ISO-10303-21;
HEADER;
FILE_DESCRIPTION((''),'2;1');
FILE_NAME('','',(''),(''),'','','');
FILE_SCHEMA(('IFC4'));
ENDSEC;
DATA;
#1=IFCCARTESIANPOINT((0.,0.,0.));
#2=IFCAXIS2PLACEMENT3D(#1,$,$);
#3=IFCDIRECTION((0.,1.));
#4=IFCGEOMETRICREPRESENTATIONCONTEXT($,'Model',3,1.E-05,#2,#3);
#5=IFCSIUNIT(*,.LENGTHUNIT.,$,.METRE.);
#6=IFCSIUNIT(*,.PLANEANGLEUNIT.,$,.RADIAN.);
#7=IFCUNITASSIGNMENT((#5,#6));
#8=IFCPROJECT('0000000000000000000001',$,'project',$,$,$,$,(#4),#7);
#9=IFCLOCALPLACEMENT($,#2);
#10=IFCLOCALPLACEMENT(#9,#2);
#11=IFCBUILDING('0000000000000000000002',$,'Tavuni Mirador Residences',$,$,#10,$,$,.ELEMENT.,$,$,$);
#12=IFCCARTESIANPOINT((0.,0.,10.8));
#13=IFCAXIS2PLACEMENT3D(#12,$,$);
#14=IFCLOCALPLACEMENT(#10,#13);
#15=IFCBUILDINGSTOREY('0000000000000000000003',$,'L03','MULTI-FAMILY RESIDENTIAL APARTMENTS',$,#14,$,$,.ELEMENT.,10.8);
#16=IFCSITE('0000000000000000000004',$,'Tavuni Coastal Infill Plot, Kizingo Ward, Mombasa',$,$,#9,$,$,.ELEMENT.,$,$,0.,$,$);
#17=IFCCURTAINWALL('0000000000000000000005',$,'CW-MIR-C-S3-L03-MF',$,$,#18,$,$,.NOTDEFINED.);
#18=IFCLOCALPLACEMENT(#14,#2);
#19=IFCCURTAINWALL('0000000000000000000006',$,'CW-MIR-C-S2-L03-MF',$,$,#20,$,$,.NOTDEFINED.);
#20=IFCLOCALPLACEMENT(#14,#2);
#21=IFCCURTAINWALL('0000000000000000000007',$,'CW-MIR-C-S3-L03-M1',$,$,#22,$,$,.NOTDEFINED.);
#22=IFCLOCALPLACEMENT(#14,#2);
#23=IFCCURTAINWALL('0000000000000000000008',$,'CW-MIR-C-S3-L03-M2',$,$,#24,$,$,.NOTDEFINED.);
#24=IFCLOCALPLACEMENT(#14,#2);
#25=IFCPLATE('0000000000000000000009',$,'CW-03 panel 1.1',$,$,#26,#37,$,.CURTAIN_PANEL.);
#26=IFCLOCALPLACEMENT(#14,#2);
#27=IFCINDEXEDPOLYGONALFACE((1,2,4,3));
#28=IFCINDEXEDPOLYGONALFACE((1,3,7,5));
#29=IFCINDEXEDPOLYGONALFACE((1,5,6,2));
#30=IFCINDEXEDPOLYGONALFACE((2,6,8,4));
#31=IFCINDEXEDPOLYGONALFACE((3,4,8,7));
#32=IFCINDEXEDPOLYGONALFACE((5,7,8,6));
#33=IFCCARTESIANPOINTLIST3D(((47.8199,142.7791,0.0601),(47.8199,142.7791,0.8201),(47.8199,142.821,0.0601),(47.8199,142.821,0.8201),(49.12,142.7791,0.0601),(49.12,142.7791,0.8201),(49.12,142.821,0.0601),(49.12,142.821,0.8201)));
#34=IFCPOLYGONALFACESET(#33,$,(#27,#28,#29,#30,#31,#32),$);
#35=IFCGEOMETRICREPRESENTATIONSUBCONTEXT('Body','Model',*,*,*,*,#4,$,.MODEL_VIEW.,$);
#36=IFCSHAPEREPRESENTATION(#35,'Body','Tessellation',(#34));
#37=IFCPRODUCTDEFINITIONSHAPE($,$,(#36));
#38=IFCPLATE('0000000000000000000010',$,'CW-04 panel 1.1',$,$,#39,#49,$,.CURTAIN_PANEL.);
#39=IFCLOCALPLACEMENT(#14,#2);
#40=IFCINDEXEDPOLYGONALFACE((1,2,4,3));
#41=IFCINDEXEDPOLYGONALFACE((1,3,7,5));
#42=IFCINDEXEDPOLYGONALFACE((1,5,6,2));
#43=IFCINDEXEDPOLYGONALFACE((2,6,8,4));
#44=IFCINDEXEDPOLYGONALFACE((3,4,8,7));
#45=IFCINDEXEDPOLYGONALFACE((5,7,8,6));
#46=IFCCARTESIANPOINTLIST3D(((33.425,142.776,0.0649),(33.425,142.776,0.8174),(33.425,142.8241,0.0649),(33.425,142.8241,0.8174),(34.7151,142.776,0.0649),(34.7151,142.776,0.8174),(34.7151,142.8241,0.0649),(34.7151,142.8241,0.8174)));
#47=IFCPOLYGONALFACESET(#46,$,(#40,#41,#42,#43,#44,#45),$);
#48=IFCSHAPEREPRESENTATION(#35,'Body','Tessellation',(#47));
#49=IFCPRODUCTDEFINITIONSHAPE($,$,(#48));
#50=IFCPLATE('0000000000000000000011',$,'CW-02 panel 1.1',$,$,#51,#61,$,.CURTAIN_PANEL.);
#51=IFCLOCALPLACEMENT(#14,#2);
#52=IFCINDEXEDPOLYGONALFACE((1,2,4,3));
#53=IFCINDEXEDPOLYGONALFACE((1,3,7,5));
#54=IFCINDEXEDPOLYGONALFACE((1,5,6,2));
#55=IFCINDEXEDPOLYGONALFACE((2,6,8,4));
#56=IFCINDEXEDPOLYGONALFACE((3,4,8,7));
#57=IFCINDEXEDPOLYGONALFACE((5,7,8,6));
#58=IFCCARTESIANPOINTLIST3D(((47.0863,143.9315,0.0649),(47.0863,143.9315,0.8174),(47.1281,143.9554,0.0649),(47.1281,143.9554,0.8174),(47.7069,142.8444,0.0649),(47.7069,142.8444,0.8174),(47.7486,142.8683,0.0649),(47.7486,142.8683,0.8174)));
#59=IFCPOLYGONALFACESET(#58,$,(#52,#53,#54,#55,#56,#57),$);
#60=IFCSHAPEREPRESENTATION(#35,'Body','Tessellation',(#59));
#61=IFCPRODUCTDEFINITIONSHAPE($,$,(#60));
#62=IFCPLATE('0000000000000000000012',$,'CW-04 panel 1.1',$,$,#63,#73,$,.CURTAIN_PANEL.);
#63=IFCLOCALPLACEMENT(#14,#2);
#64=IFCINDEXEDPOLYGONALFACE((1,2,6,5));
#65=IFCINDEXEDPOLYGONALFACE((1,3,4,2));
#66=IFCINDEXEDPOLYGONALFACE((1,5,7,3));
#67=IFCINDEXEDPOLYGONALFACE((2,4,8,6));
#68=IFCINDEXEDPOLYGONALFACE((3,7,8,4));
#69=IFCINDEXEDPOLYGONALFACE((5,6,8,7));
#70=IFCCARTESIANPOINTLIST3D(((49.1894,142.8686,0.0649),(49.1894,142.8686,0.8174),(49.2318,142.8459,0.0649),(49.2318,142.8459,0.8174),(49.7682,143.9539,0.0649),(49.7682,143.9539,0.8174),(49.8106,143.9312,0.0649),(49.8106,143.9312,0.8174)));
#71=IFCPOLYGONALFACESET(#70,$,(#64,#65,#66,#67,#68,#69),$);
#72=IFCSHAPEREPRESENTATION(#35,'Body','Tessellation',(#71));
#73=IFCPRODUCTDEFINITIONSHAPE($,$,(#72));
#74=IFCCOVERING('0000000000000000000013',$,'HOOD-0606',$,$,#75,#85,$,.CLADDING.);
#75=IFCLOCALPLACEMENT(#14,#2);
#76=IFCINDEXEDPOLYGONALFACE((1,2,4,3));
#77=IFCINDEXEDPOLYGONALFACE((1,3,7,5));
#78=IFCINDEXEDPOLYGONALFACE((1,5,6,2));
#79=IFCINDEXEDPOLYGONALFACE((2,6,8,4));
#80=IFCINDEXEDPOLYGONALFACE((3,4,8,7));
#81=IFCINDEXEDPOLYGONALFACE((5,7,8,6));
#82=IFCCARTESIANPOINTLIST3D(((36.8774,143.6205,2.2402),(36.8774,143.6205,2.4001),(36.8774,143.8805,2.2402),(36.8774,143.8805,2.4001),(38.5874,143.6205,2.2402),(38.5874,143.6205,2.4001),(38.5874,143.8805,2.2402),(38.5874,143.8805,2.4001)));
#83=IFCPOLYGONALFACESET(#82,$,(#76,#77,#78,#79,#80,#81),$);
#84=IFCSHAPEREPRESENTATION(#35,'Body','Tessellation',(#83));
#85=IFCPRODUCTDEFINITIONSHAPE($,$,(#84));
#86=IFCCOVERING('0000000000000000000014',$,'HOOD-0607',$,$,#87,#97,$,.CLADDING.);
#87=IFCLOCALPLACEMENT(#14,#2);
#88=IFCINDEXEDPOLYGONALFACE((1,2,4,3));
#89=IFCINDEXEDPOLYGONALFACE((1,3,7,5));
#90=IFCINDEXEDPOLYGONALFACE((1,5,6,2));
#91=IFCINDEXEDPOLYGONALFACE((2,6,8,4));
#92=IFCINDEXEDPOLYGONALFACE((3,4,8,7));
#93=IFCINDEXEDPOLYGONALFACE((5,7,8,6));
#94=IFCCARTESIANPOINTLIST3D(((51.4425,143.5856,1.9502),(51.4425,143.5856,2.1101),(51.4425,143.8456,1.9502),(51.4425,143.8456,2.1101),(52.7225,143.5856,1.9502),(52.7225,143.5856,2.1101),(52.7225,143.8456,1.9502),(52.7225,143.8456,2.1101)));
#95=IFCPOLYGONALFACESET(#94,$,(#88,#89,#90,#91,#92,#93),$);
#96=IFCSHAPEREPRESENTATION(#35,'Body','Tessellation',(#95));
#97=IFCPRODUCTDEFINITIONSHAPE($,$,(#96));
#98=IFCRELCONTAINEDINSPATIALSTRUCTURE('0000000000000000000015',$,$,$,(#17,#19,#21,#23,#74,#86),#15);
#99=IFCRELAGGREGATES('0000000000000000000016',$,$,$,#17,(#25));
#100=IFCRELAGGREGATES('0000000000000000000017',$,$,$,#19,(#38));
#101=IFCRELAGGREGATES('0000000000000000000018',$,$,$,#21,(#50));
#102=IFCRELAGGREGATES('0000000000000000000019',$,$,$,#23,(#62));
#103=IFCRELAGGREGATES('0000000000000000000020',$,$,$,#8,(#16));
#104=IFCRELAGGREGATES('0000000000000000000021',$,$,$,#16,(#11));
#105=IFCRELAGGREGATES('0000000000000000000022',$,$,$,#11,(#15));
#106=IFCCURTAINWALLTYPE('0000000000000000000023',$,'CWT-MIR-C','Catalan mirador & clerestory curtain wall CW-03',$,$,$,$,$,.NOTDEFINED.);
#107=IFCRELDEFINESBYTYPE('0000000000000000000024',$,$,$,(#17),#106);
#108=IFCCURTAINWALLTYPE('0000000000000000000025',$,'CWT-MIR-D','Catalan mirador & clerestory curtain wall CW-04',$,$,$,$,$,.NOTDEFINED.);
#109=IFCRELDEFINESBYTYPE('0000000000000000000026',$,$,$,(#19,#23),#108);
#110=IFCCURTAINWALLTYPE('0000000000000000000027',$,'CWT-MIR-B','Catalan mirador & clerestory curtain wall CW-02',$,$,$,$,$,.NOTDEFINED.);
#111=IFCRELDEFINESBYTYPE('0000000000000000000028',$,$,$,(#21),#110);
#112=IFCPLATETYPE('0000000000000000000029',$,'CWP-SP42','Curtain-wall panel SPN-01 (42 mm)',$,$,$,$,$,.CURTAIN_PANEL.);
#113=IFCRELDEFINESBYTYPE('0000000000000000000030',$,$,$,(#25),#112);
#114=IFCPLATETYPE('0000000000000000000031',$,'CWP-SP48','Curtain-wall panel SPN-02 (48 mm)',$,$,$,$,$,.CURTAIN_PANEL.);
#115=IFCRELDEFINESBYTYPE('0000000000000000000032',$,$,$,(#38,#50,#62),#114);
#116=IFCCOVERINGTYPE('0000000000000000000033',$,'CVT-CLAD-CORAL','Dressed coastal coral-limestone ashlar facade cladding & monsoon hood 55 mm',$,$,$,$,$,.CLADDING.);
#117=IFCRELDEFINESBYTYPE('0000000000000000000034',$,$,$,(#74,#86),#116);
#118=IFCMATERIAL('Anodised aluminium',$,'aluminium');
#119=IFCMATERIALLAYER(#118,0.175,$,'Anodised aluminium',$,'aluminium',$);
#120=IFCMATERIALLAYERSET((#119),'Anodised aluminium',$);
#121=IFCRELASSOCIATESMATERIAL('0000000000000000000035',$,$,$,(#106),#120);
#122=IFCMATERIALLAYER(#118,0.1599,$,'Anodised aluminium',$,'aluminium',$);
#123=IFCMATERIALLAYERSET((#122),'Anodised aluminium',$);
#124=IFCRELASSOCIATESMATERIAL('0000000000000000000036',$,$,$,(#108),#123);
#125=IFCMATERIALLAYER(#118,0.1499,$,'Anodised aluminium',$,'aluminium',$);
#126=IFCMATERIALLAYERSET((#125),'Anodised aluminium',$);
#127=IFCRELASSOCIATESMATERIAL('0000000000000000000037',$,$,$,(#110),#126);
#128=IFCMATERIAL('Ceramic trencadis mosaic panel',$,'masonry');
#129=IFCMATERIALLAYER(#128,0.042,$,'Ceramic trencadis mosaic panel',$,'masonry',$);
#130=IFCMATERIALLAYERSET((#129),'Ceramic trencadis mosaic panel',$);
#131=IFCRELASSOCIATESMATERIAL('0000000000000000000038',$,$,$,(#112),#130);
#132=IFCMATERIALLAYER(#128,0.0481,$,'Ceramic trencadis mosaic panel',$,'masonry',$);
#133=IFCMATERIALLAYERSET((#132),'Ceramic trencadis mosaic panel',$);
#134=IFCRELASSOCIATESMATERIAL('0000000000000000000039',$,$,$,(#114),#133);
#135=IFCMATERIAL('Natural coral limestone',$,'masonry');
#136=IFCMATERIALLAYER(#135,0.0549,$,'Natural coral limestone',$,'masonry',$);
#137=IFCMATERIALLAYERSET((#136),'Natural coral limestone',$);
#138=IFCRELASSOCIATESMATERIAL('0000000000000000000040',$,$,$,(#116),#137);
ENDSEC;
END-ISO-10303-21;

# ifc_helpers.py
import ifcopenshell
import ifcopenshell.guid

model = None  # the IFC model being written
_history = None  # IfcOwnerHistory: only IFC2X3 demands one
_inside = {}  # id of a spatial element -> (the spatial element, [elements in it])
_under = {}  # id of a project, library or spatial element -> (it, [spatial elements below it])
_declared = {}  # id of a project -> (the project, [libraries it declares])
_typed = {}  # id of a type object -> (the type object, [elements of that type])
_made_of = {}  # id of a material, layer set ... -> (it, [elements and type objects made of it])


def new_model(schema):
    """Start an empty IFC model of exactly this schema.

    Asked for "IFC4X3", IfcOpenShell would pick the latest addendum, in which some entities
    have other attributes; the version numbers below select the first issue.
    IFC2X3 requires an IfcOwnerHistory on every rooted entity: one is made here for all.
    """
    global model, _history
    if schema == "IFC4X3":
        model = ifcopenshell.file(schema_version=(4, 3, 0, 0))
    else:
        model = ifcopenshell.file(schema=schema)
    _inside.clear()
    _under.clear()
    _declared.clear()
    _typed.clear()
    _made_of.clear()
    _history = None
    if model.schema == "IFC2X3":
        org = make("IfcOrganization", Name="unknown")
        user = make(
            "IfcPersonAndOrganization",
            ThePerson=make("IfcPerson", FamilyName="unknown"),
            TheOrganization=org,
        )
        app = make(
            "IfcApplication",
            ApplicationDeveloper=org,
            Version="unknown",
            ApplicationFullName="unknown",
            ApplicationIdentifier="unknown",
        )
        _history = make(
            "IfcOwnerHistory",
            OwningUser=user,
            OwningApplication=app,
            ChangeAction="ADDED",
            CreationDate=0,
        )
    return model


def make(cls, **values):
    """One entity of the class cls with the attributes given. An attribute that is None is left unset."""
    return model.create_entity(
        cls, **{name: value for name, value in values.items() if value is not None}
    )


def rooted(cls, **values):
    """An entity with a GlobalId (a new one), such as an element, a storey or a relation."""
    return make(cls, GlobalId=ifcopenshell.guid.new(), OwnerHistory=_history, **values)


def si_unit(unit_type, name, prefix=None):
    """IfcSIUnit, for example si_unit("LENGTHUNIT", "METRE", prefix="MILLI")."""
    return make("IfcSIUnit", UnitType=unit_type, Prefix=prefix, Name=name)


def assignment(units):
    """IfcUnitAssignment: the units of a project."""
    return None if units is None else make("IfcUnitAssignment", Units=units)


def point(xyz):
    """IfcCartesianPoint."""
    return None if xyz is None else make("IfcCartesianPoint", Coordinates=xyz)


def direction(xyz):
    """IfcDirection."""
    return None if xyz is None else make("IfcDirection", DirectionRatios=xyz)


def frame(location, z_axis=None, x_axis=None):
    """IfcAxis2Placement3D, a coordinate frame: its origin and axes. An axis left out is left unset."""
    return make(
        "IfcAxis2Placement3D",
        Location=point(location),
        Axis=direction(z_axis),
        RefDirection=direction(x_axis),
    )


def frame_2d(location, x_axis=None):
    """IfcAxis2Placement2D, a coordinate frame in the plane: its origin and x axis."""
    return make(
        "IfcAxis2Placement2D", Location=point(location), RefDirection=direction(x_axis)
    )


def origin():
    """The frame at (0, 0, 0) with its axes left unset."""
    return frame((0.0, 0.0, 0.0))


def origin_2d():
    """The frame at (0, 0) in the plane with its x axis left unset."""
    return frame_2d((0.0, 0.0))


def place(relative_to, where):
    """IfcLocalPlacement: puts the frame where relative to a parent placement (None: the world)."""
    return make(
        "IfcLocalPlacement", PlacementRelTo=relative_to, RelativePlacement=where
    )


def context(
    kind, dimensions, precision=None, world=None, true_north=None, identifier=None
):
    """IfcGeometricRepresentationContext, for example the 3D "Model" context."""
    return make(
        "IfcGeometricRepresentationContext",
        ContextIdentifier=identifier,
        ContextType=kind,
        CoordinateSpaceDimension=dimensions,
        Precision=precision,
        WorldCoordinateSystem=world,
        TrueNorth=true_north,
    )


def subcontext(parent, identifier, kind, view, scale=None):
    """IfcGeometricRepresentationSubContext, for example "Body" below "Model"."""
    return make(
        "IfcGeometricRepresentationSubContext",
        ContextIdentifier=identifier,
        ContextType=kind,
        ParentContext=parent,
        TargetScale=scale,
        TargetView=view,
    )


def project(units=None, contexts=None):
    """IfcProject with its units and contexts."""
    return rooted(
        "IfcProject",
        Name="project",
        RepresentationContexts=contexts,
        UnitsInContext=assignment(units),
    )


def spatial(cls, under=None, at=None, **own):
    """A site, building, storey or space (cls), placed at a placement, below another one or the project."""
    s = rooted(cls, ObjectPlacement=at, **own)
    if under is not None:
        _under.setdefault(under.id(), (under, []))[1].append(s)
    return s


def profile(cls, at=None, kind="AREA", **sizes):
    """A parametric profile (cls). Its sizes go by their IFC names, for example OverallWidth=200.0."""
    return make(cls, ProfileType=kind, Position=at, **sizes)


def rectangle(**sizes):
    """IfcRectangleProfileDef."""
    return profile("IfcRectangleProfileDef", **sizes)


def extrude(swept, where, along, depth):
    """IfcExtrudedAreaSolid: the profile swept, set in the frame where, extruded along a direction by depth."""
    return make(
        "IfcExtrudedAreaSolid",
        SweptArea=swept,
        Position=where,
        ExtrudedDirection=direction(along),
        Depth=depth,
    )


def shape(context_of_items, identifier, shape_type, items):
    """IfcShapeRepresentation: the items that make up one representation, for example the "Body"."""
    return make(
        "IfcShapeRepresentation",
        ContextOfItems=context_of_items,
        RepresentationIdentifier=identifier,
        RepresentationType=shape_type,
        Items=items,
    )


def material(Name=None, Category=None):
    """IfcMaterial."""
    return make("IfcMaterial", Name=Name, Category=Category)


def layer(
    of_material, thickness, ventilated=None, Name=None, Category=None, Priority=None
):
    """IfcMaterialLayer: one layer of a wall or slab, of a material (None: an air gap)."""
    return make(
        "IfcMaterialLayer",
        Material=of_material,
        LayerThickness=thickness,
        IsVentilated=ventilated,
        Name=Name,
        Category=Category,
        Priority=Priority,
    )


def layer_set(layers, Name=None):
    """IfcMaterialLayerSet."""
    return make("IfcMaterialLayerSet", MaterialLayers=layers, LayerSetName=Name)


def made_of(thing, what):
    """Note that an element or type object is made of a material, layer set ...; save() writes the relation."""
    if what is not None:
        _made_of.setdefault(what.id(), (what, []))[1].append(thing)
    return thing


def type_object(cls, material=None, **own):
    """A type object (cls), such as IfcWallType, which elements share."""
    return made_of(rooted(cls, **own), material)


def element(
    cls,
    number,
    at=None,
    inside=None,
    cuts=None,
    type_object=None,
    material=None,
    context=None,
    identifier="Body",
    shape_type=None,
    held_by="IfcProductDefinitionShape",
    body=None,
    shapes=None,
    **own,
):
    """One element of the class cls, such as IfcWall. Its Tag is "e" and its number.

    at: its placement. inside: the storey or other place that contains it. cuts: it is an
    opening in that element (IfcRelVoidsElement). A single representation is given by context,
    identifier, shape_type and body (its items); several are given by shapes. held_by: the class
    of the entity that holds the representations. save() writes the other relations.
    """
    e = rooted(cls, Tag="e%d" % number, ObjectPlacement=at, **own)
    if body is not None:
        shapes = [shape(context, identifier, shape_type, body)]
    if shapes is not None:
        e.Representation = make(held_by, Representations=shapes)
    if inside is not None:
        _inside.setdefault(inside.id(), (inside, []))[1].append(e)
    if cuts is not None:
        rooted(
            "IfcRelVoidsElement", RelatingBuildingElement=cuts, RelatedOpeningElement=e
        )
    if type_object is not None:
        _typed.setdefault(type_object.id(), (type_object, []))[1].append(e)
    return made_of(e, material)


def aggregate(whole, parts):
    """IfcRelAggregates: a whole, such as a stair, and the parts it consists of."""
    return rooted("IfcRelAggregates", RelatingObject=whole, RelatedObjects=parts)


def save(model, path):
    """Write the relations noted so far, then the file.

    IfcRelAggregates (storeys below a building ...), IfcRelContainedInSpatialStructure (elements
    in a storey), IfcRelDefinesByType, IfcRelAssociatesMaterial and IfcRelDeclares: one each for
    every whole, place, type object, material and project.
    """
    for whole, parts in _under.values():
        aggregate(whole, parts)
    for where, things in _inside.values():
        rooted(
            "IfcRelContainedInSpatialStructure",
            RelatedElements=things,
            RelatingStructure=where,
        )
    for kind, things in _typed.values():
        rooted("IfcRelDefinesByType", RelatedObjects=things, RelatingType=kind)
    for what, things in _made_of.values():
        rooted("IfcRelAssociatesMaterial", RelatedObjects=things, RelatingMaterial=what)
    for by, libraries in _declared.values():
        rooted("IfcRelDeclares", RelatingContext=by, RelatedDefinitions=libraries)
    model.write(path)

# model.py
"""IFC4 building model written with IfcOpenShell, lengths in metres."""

from ifc_helpers import new_model, si_unit, direction, frame, origin, origin_2d, place, context, subcontext, project, spatial, rectangle, extrude, material, layer, layer_set, type_object, element, aggregate, save


model = new_model("IFC4")

# Units and contexts
model_context = context("Model", 3, precision=1e-05, world=origin(), true_north=direction((0.0, 1.0)))
body_context = subcontext(model_context, "Body", "Model", "MODEL_VIEW")
ifc_project = project(units=[si_unit("LENGTHUNIT", "METRE"), si_unit("PLANEANGLEUNIT", "RADIAN")], contexts=[model_context])

# Site, building, storey
site_placement = place(None, origin())
site = spatial("IfcSite", under=ifc_project, at=site_placement, Name="Tavuni Coastal Infill Plot, Kizingo Ward, Mombasa", CompositionType="ELEMENT", RefElevation=0.0)
building_placement = place(site_placement, origin())
building = spatial("IfcBuilding", under=site, at=building_placement, Name="Tavuni Mirador Residences", CompositionType="ELEMENT")
storey_placement = place(building_placement, frame((0.0, 0.0, 10.8)))
storey = spatial("IfcBuildingStorey", under=building, at=storey_placement, Name="L03", Description="MULTI-FAMILY RESIDENTIAL APARTMENTS", CompositionType="ELEMENT", Elevation=10.8)

# Shared definitions
ifc_material_1 = material(Name="Anodised aluminium", Category="aluminium")
ifc_layer_1 = layer(ifc_material_1, 0.175, Name="Anodised aluminium", Category="aluminium")
ifc_layer_set_1 = layer_set([ifc_layer_1], Name="Anodised aluminium")
curtain_wall_type_1 = type_object("IfcCurtainWallType", Name="CWT-MIR-C", Description="Catalan mirador & clerestory curtain wall CW-03", PredefinedType="NOTDEFINED", material=ifc_layer_set_1)

# Curtain walls
curtain_wall_1_placement = place(storey_placement, origin())
curtain_wall_1 = element("IfcCurtainWall", 1, at=curtain_wall_1_placement, inside=storey, type_object=curtain_wall_type_1, Name="CW-MIR-C-S3-L03-MF", PredefinedType="NOTDEFINED")
ifc_layer_2 = layer(ifc_material_1, 0.1599, Name="Anodised aluminium", Category="aluminium")
ifc_layer_set_2 = layer_set([ifc_layer_2], Name="Anodised aluminium")
curtain_wall_type_2 = type_object("IfcCurtainWallType", Name="CWT-MIR-D", Description="Catalan mirador & clerestory curtain wall CW-04", PredefinedType="NOTDEFINED", material=ifc_layer_set_2)
curtain_wall_2_placement = place(storey_placement, origin())
curtain_wall_2 = element("IfcCurtainWall", 2, at=curtain_wall_2_placement, inside=storey, type_object=curtain_wall_type_2, Name="CW-MIR-C-S2-L03-MF", PredefinedType="NOTDEFINED")

# Curtain wall
ifc_layer_3 = layer(ifc_material_1, 0.1499, Name="Anodised aluminium", Category="aluminium")
ifc_layer_set_3 = layer_set([ifc_layer_3], Name="Anodised aluminium")
curtain_wall_type_3 = type_object("IfcCurtainWallType", Name="CWT-MIR-B", Description="Catalan mirador & clerestory curtain wall CW-02", PredefinedType="NOTDEFINED", material=ifc_layer_set_3)
curtain_wall_3_placement = place(storey_placement, origin())
curtain_wall_3 = element("IfcCurtainWall", 3, at=curtain_wall_3_placement, inside=storey, type_object=curtain_wall_type_3, Name="CW-MIR-C-S3-L03-M1", PredefinedType="NOTDEFINED")

# Curtain wall
curtain_wall_4_placement = place(storey_placement, origin())
curtain_wall_4 = element("IfcCurtainWall", 4, at=curtain_wall_4_placement, inside=storey, type_object=curtain_wall_type_2, Name="CW-MIR-C-S3-L03-M2", PredefinedType="NOTDEFINED")

# Plates
ifc_material_2 = material(Name="Ceramic trencadis mosaic panel", Category="masonry")
ifc_layer_4 = layer(ifc_material_2, 0.042, Name="Ceramic trencadis mosaic panel", Category="masonry")
ifc_layer_set_4 = layer_set([ifc_layer_4], Name="Ceramic trencadis mosaic panel")
plate_type_1 = type_object("IfcPlateType", Name="CWP-SP42", Description="Curtain-wall panel SPN-01 (42 mm)", PredefinedType="CURTAIN_PANEL", material=ifc_layer_set_4)
plate_1_placement = place(storey_placement, frame((48.47, 142.8, 0.0601), z_axis=(0.0, 0.0, 1.0), x_axis=(1.0, 0.0, 0.0)))
plate_1 = element("IfcPlate", 5, at=plate_1_placement, type_object=plate_type_1, Name="CW-03 panel 1.1", PredefinedType="CURTAIN_PANEL", context=body_context, shape_type="SweptSolid", body=[
    extrude(rectangle(XDim=1.3, YDim=0.042, at=origin_2d()), origin(), (0.0, 0.0, 1.0), 0.76),
])
aggregate(curtain_wall_1, [plate_1])
ifc_layer_5 = layer(ifc_material_2, 0.0481, Name="Ceramic trencadis mosaic panel", Category="masonry")
ifc_layer_set_5 = layer_set([ifc_layer_5], Name="Ceramic trencadis mosaic panel")
plate_type_2 = type_object("IfcPlateType", Name="CWP-SP48", Description="Curtain-wall panel SPN-02 (48 mm)", PredefinedType="CURTAIN_PANEL", material=ifc_layer_set_5)
plate_2_placement = place(storey_placement, frame((34.0701, 142.8, 0.0649), z_axis=(0.0, 0.0, 1.0), x_axis=(1.0, 0.0, 0.0)))
plate_2 = element("IfcPlate", 6, at=plate_2_placement, type_object=plate_type_2, Name="CW-04 panel 1.1", PredefinedType="CURTAIN_PANEL", context=body_context, shape_type="SweptSolid", body=[
    extrude(rectangle(XDim=1.29, YDim=0.0481, at=origin_2d()), origin(), (0.0, 0.0, 1.0), 0.7524),
])
aggregate(curtain_wall_2, [plate_2])
plate_3_placement = place(storey_placement, frame((47.4175, 143.3999, 0.0649), z_axis=(0.0, 0.0, 1.0), x_axis=(0.495749, -0.868466, 0.0)))
plate_3 = element("IfcPlate", 7, at=plate_3_placement, type_object=plate_type_2, Name="CW-02 panel 1.1", PredefinedType="CURTAIN_PANEL", context=body_context, shape_type="SweptSolid", body=[
    extrude(rectangle(XDim=1.2517, YDim=0.0481, at=origin_2d()), origin(), (0.0, 0.0, 1.0), 0.7524),
])
aggregate(curtain_wall_3, [plate_3])
plate_4_placement = place(storey_placement, frame((49.5, 143.3999, 0.0649), z_axis=(0.0, 0.0, 1.0), x_axis=(0.470588, 0.882353, 0.0)))
plate_4 = element("IfcPlate", 8, at=plate_4_placement, type_object=plate_type_2, Name="CW-04 panel 1.1", PredefinedType="CURTAIN_PANEL", context=body_context, shape_type="SweptSolid", body=[
    extrude(rectangle(XDim=1.23, YDim=0.0481, at=origin_2d()), origin(), (0.0, 0.0, 1.0), 0.7524),
])
aggregate(curtain_wall_4, [plate_4])

# Coverings
ifc_material_3 = material(Name="Natural coral limestone", Category="masonry")
ifc_layer_6 = layer(ifc_material_3, 0.0549, Name="Natural coral limestone", Category="masonry")
ifc_layer_set_6 = layer_set([ifc_layer_6], Name="Natural coral limestone")
covering_type = type_object("IfcCoveringType", Name="CVT-CLAD-CORAL", Description="Dressed coastal coral-limestone ashlar facade cladding & monsoon hood 55 mm", PredefinedType="CLADDING", material=ifc_layer_set_6)
covering_1_placement = place(storey_placement, frame((37.7324, 143.7505, 2.2402), z_axis=(0.0, 0.0, 1.0), x_axis=(1.0, 0.0, 0.0)))
element("IfcCovering", 9, at=covering_1_placement, inside=storey, type_object=covering_type, Name="HOOD-0606", PredefinedType="CLADDING", context=body_context, shape_type="SweptSolid", body=[
    extrude(rectangle(XDim=1.71, YDim=0.26, at=origin_2d()), origin(), (0.0, 0.0, 1.0), 0.1599),
])
covering_2_placement = place(storey_placement, frame((52.0825, 143.7156, 1.9502), z_axis=(0.0, 0.0, 1.0), x_axis=(1.0, 0.0, 0.0)))
element("IfcCovering", 10, at=covering_2_placement, inside=storey, type_object=covering_type, Name="HOOD-0607", PredefinedType="CLADDING", context=body_context, shape_type="SweptSolid", body=[
    extrude(rectangle(XDim=1.28, YDim=0.26, at=origin_2d()), origin(), (0.0, 0.0, 1.0), 0.1599),
])

save(model, "model.ifc")
